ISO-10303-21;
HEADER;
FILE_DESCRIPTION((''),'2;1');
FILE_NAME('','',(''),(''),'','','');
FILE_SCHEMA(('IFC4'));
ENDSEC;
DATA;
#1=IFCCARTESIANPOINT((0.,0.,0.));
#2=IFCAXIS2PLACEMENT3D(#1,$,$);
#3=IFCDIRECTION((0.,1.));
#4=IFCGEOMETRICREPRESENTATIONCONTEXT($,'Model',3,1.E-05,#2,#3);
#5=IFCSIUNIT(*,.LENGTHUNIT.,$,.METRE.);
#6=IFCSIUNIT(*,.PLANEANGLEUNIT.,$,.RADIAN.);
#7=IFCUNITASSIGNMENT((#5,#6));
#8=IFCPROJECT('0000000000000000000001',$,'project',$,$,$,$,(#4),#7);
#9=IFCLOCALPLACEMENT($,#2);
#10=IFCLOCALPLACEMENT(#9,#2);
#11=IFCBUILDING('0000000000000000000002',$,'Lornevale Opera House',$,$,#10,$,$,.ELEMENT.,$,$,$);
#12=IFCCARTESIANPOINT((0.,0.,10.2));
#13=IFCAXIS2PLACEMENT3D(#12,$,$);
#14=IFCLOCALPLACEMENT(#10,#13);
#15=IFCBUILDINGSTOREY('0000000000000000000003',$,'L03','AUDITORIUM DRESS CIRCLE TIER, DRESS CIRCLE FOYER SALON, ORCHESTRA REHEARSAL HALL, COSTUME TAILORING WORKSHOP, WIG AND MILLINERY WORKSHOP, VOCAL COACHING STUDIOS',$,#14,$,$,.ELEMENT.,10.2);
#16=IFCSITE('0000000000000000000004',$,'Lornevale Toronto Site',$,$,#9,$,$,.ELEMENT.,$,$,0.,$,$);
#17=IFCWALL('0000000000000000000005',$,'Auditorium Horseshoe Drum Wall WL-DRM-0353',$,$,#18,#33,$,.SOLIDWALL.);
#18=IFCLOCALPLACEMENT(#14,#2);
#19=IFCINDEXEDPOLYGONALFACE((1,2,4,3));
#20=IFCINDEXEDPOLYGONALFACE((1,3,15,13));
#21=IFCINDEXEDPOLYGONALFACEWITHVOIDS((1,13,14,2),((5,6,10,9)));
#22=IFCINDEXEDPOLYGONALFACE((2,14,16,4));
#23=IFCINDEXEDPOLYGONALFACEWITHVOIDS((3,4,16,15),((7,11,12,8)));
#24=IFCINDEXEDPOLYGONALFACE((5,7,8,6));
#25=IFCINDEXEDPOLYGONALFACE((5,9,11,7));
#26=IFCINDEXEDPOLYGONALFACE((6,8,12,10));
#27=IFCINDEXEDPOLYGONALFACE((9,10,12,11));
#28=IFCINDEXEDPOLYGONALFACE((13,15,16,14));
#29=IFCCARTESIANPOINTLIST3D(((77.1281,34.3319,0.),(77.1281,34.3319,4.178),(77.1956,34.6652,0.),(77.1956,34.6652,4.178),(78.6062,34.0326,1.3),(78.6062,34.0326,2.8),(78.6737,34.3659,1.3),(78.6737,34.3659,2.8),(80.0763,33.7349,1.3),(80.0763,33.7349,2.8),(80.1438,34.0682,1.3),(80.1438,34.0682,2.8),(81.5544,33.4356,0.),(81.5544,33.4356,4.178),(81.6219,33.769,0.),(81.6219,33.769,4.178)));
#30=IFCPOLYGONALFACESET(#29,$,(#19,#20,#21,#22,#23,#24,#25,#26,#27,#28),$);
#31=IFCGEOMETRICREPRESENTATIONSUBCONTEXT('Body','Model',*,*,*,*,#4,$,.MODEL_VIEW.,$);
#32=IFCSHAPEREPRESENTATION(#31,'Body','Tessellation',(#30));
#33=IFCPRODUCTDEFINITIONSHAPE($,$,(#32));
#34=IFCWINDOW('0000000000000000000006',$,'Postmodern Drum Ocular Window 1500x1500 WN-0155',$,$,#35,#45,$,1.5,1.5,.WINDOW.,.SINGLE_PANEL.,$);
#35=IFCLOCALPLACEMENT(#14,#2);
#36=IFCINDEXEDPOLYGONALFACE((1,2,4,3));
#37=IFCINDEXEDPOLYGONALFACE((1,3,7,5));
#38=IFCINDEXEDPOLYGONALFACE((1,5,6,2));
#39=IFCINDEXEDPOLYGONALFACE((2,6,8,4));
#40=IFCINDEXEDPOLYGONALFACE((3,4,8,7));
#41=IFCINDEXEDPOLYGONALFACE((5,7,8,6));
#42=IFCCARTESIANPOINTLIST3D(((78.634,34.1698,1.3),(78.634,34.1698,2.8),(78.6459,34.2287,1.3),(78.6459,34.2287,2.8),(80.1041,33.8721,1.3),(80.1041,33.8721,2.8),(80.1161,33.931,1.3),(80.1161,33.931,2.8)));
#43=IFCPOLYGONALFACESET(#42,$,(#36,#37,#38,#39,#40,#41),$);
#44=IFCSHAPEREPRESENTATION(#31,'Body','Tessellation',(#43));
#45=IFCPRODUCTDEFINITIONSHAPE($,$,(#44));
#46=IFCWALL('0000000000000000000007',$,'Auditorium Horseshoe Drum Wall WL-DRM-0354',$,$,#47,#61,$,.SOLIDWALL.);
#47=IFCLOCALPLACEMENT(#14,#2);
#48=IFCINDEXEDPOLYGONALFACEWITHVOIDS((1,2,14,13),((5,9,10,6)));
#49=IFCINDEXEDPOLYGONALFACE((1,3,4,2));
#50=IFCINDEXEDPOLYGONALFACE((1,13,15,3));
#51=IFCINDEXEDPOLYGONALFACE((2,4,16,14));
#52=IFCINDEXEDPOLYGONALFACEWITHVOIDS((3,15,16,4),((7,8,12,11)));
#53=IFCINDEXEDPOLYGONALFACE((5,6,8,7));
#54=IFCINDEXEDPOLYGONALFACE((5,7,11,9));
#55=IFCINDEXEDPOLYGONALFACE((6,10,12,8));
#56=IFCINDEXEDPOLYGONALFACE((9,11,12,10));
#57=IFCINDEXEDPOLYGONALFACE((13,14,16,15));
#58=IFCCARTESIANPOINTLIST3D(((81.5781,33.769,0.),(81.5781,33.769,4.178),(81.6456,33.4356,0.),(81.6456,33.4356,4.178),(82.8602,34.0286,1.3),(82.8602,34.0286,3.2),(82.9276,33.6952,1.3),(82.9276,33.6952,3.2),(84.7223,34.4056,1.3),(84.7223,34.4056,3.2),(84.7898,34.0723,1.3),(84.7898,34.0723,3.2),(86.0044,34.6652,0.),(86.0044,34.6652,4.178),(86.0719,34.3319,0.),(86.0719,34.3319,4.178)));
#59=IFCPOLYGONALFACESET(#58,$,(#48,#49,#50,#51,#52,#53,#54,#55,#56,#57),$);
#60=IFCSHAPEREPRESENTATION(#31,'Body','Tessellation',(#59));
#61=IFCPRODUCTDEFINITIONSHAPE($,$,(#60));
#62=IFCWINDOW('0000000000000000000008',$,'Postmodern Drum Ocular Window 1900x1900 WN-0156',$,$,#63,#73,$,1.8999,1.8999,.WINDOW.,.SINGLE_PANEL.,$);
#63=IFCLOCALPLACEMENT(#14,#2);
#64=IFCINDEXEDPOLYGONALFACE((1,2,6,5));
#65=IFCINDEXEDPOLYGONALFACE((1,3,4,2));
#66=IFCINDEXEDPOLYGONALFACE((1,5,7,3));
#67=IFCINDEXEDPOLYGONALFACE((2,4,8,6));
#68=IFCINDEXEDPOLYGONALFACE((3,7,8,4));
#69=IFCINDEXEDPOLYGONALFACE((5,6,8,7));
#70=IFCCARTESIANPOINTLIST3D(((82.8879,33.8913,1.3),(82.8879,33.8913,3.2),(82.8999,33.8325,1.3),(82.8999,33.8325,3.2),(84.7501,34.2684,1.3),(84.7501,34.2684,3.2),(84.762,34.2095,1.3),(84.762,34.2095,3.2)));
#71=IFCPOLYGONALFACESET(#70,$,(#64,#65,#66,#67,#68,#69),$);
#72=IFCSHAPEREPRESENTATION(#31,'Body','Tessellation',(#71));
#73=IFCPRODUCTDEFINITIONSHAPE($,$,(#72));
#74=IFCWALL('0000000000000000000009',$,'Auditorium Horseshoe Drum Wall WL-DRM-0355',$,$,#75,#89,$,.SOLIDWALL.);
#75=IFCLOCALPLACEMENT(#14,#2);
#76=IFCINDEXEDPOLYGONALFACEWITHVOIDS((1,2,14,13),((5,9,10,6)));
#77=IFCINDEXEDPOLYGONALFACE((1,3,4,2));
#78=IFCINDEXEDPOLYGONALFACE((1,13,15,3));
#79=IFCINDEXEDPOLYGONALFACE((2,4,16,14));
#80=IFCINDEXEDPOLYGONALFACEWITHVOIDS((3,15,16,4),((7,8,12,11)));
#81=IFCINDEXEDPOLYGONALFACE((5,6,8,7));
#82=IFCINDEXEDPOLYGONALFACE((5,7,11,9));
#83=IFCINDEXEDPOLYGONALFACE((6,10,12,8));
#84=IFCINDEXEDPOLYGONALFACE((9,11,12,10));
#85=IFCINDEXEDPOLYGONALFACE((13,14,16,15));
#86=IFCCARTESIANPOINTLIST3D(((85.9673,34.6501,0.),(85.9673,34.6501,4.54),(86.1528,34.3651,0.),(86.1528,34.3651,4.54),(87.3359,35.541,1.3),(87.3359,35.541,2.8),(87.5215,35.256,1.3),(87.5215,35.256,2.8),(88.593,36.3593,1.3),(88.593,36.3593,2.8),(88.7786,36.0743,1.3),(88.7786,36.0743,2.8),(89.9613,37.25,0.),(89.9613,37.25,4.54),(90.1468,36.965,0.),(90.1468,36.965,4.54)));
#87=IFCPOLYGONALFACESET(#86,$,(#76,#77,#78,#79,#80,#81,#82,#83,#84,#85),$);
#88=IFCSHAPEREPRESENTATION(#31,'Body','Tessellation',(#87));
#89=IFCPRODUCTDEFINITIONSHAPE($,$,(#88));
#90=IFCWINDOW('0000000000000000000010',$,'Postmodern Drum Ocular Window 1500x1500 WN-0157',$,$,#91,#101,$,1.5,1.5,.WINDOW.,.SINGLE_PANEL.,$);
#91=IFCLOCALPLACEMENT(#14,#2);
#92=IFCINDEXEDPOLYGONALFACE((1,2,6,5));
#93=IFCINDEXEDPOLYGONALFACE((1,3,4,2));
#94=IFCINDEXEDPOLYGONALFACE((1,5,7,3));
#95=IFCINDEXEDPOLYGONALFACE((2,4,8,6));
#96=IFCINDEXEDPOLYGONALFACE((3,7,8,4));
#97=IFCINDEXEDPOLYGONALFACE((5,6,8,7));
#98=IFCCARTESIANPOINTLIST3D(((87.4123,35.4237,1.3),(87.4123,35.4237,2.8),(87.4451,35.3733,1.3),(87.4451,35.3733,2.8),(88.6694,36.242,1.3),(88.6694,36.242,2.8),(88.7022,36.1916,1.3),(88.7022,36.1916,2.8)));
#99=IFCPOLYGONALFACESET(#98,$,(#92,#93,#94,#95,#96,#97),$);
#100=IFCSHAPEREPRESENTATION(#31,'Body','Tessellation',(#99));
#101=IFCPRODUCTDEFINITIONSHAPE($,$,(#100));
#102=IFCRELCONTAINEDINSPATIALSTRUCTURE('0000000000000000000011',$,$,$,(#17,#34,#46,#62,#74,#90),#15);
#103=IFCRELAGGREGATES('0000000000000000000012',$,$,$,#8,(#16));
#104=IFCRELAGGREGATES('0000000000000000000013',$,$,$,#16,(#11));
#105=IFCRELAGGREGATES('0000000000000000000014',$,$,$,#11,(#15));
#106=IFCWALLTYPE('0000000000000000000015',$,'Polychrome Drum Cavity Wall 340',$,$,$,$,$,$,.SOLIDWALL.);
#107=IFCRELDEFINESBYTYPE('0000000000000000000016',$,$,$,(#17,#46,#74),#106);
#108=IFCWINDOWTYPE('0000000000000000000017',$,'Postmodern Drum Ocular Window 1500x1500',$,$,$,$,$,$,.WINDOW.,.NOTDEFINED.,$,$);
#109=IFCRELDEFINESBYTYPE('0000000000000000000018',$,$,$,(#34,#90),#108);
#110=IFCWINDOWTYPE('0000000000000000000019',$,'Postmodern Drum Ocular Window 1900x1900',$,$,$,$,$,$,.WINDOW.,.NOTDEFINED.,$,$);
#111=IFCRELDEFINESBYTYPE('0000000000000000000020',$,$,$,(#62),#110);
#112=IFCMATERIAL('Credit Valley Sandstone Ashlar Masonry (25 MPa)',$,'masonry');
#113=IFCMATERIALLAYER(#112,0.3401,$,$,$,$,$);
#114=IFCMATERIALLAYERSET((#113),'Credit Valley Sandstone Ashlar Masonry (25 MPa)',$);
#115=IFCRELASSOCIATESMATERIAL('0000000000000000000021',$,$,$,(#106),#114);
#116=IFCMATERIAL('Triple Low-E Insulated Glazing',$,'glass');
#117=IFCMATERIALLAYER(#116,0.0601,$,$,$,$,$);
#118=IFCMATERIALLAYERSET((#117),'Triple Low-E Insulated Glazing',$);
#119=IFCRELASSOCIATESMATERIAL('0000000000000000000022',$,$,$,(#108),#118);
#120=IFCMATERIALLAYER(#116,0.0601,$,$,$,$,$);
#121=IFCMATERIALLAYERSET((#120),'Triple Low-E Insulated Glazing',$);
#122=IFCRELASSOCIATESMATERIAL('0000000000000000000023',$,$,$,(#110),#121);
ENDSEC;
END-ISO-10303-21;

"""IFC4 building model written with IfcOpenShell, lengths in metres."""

from ifc_helpers import new_model, si_unit, direction, frame, frame_2d, origin, place, context, subcontext, project, spatial, rectangle, extrude, material, layer, layer_set, type_object, element, fill, save


model = new_model("IFC4")

# Units and contexts
model_context = context("Model", 3, precision=1e-05, world=origin(), true_north=direction((0.0, 1.0)))
body_context = subcontext(model_context, "Body", "Model", "MODEL_VIEW")
ifc_project = project(units=[si_unit("LENGTHUNIT", "METRE"), si_unit("PLANEANGLEUNIT", "RADIAN")], contexts=[model_context])

# Site, building, storey
site_placement = place(None, origin())
site = spatial("IfcSite", under=ifc_project, at=site_placement, Name="Lornevale Toronto Site", CompositionType="ELEMENT", RefElevation=0.0)
building_placement = place(site_placement, origin())
building = spatial("IfcBuilding", under=site, at=building_placement, Name="Lornevale Opera House", CompositionType="ELEMENT")
storey_placement = place(building_placement, frame((0.0, 0.0, 10.2)))
storey = spatial("IfcBuildingStorey", under=building, at=storey_placement, Name="L03", Description="AUDITORIUM DRESS CIRCLE TIER, DRESS CIRCLE FOYER SALON, ORCHESTRA REHEARSAL HALL, COSTUME TAILORING WORKSHOP, WIG AND MILLINERY WORKSHOP, VOCAL COACHING STUDIOS", CompositionType="ELEMENT", Elevation=10.2)

# Shared definitions
ifc_material_1 = material(Name="Triple Low-E Insulated Glazing", Category="glass")

# Walls, openings, windows
ifc_material_2 = material(Name="Credit Valley Sandstone Ashlar Masonry (25 MPa)", Category="masonry")
ifc_layer_1 = layer(ifc_material_2, 0.3401)
ifc_layer_set_1 = layer_set([ifc_layer_1], Name="Credit Valley Sandstone Ashlar Masonry (25 MPa)")
wall_type = type_object("IfcWallType", Name="Polychrome Drum Cavity Wall 340", PredefinedType="SOLIDWALL", material=ifc_layer_set_1)
wall_1_placement = place(storey_placement, frame((77.1619, 34.4985, 0.0), z_axis=(0.0, 0.0, 1.0), x_axis=(0.98011, -0.198455, 0.0)))
wall_1 = element("IfcWall", 1, at=wall_1_placement, inside=storey, type_object=wall_type, Name="Auditorium Horseshoe Drum Wall WL-DRM-0353", PredefinedType="SOLIDWALL", context=body_context, shape_type="SweptSolid", body=[
    extrude(rectangle(XDim=4.5161, YDim=0.3401, at=frame_2d((2.2581, 0.0))), origin(), (0.0, 0.0, 1.0), 4.178),
])
opening_1_placement = place(wall_1_placement, frame((1.5081, 0.0, 1.3)))
opening_1 = element("IfcOpeningElement", 2, at=opening_1_placement, cuts=wall_1, PredefinedType="OPENING", context=body_context, shape_type="SweptSolid", body=[
    extrude(rectangle(XDim=1.5, YDim=1.5, at=frame_2d((0.75, 0.75))), frame((0.0, 0.1799, 0.0), z_axis=(0.0, -1.0, 0.0), x_axis=(1.0, 0.0, 0.0)), (0.0, 0.0, 1.0), 0.3601),
])
ifc_layer_2 = layer(ifc_material_1, 0.0601)
ifc_layer_set_2 = layer_set([ifc_layer_2], Name="Triple Low-E Insulated Glazing")
window_type_1 = type_object("IfcWindowType", Name="Postmodern Drum Ocular Window 1500x1500", PartitioningType="NOTDEFINED", PredefinedType="WINDOW", material=ifc_layer_set_2)
window_1_placement = place(opening_1_placement, origin())
window_1 = element("IfcWindow", 3, at=window_1_placement, inside=storey, type_object=window_type_1, Name="Postmodern Drum Ocular Window 1500x1500 WN-0155", OverallHeight=1.5, OverallWidth=1.5, PartitioningType="SINGLE_PANEL", PredefinedType="WINDOW", context=body_context, shape_type="SweptSolid", body=[
    extrude(rectangle(XDim=1.5, YDim=1.5, at=frame_2d((0.75, 0.75))), frame((0.0, 0.03, 0.0), z_axis=(0.0, -1.0, 0.0), x_axis=(1.0, 0.0, 0.0)), (0.0, 0.0, 1.0), 0.0601),
])
fill(opening_1, window_1)
wall_2_placement = place(storey_placement, frame((81.6118, 33.6023, 0.0), z_axis=(0.0, 0.0, 1.0), x_axis=(0.98011, 0.198455, 0.0)))
wall_2 = element("IfcWall", 4, at=wall_2_placement, inside=storey, type_object=wall_type, Name="Auditorium Horseshoe Drum Wall WL-DRM-0354", PredefinedType="SOLIDWALL", context=body_context, shape_type="SweptSolid", body=[
    extrude(rectangle(XDim=4.5161, YDim=0.3401, at=frame_2d((2.2581, 0.0))), origin(), (0.0, 0.0, 1.0), 4.178),
])
opening_2_placement = place(wall_2_placement, frame((1.3081, 0.0, 1.3)))
opening_2 = element("IfcOpeningElement", 5, at=opening_2_placement, cuts=wall_2, PredefinedType="OPENING", context=body_context, shape_type="SweptSolid", body=[
    extrude(rectangle(XDim=1.8999, YDim=1.8999, at=frame_2d((0.95, 0.95))), frame((0.0, 0.1799, 0.0), z_axis=(0.0, -1.0, 0.0), x_axis=(1.0, 0.0, 0.0)), (0.0, 0.0, 1.0), 0.3601),
])
ifc_layer_3 = layer(ifc_material_1, 0.0601)
ifc_layer_set_3 = layer_set([ifc_layer_3], Name="Triple Low-E Insulated Glazing")
window_type_2 = type_object("IfcWindowType", Name="Postmodern Drum Ocular Window 1900x1900", PartitioningType="NOTDEFINED", PredefinedType="WINDOW", material=ifc_layer_set_3)
window_2_placement = place(opening_2_placement, origin())
window_2 = element("IfcWindow", 6, at=window_2_placement, inside=storey, type_object=window_type_2, Name="Postmodern Drum Ocular Window 1900x1900 WN-0156", OverallHeight=1.8999, OverallWidth=1.8999, PartitioningType="SINGLE_PANEL", PredefinedType="WINDOW", context=body_context, shape_type="SweptSolid", body=[
    extrude(rectangle(XDim=1.8999, YDim=1.8999, at=frame_2d((0.95, 0.95))), frame((0.0, 0.03, 0.0), z_axis=(0.0, -1.0, 0.0), x_axis=(1.0, 0.0, 0.0)), (0.0, 0.0, 1.0), 0.0601),
])
fill(opening_2, window_2)
wall_3_placement = place(storey_placement, frame((86.0601, 34.5076, 0.0), z_axis=(0.0, 0.0, 1.0), x_axis=(0.838077, 0.545552, 0.0)))
wall_3 = element("IfcWall", 7, at=wall_3_placement, inside=storey, type_object=wall_type, Name="Auditorium Horseshoe Drum Wall WL-DRM-0355", PredefinedType="SOLIDWALL", context=body_context, shape_type="SweptSolid", body=[
    extrude(rectangle(XDim=4.7656, YDim=0.3401, at=frame_2d((2.3828, 0.0))), origin(), (0.0, 0.0, 1.0), 4.54),
])
opening_3_placement = place(wall_3_placement, frame((1.6331, 0.0, 1.3)))
opening_3 = element("IfcOpeningElement", 8, at=opening_3_placement, cuts=wall_3, PredefinedType="OPENING", context=body_context, shape_type="SweptSolid", body=[
    extrude(rectangle(XDim=1.5, YDim=1.5, at=frame_2d((0.75, 0.75))), frame((0.0, 0.1799, 0.0), z_axis=(0.0, -1.0, 0.0), x_axis=(1.0, 0.0, 0.0)), (0.0, 0.0, 1.0), 0.3601),
])
window_3_placement = place(opening_3_placement, origin())
window_3 = element("IfcWindow", 9, at=window_3_placement, inside=storey, type_object=window_type_1, Name="Postmodern Drum Ocular Window 1500x1500 WN-0157", OverallHeight=1.5, OverallWidth=1.5, PartitioningType="SINGLE_PANEL", PredefinedType="WINDOW", context=body_context, shape_type="SweptSolid", body=[
    extrude(rectangle(XDim=1.5, YDim=1.5, at=frame_2d((0.75, 0.75))), frame((0.0, 0.03, 0.0), z_axis=(0.0, -1.0, 0.0), x_axis=(1.0, 0.0, 0.0)), (0.0, 0.0, 1.0), 0.0601),
])
fill(opening_3, window_3)

save(model, "model.ifc")
